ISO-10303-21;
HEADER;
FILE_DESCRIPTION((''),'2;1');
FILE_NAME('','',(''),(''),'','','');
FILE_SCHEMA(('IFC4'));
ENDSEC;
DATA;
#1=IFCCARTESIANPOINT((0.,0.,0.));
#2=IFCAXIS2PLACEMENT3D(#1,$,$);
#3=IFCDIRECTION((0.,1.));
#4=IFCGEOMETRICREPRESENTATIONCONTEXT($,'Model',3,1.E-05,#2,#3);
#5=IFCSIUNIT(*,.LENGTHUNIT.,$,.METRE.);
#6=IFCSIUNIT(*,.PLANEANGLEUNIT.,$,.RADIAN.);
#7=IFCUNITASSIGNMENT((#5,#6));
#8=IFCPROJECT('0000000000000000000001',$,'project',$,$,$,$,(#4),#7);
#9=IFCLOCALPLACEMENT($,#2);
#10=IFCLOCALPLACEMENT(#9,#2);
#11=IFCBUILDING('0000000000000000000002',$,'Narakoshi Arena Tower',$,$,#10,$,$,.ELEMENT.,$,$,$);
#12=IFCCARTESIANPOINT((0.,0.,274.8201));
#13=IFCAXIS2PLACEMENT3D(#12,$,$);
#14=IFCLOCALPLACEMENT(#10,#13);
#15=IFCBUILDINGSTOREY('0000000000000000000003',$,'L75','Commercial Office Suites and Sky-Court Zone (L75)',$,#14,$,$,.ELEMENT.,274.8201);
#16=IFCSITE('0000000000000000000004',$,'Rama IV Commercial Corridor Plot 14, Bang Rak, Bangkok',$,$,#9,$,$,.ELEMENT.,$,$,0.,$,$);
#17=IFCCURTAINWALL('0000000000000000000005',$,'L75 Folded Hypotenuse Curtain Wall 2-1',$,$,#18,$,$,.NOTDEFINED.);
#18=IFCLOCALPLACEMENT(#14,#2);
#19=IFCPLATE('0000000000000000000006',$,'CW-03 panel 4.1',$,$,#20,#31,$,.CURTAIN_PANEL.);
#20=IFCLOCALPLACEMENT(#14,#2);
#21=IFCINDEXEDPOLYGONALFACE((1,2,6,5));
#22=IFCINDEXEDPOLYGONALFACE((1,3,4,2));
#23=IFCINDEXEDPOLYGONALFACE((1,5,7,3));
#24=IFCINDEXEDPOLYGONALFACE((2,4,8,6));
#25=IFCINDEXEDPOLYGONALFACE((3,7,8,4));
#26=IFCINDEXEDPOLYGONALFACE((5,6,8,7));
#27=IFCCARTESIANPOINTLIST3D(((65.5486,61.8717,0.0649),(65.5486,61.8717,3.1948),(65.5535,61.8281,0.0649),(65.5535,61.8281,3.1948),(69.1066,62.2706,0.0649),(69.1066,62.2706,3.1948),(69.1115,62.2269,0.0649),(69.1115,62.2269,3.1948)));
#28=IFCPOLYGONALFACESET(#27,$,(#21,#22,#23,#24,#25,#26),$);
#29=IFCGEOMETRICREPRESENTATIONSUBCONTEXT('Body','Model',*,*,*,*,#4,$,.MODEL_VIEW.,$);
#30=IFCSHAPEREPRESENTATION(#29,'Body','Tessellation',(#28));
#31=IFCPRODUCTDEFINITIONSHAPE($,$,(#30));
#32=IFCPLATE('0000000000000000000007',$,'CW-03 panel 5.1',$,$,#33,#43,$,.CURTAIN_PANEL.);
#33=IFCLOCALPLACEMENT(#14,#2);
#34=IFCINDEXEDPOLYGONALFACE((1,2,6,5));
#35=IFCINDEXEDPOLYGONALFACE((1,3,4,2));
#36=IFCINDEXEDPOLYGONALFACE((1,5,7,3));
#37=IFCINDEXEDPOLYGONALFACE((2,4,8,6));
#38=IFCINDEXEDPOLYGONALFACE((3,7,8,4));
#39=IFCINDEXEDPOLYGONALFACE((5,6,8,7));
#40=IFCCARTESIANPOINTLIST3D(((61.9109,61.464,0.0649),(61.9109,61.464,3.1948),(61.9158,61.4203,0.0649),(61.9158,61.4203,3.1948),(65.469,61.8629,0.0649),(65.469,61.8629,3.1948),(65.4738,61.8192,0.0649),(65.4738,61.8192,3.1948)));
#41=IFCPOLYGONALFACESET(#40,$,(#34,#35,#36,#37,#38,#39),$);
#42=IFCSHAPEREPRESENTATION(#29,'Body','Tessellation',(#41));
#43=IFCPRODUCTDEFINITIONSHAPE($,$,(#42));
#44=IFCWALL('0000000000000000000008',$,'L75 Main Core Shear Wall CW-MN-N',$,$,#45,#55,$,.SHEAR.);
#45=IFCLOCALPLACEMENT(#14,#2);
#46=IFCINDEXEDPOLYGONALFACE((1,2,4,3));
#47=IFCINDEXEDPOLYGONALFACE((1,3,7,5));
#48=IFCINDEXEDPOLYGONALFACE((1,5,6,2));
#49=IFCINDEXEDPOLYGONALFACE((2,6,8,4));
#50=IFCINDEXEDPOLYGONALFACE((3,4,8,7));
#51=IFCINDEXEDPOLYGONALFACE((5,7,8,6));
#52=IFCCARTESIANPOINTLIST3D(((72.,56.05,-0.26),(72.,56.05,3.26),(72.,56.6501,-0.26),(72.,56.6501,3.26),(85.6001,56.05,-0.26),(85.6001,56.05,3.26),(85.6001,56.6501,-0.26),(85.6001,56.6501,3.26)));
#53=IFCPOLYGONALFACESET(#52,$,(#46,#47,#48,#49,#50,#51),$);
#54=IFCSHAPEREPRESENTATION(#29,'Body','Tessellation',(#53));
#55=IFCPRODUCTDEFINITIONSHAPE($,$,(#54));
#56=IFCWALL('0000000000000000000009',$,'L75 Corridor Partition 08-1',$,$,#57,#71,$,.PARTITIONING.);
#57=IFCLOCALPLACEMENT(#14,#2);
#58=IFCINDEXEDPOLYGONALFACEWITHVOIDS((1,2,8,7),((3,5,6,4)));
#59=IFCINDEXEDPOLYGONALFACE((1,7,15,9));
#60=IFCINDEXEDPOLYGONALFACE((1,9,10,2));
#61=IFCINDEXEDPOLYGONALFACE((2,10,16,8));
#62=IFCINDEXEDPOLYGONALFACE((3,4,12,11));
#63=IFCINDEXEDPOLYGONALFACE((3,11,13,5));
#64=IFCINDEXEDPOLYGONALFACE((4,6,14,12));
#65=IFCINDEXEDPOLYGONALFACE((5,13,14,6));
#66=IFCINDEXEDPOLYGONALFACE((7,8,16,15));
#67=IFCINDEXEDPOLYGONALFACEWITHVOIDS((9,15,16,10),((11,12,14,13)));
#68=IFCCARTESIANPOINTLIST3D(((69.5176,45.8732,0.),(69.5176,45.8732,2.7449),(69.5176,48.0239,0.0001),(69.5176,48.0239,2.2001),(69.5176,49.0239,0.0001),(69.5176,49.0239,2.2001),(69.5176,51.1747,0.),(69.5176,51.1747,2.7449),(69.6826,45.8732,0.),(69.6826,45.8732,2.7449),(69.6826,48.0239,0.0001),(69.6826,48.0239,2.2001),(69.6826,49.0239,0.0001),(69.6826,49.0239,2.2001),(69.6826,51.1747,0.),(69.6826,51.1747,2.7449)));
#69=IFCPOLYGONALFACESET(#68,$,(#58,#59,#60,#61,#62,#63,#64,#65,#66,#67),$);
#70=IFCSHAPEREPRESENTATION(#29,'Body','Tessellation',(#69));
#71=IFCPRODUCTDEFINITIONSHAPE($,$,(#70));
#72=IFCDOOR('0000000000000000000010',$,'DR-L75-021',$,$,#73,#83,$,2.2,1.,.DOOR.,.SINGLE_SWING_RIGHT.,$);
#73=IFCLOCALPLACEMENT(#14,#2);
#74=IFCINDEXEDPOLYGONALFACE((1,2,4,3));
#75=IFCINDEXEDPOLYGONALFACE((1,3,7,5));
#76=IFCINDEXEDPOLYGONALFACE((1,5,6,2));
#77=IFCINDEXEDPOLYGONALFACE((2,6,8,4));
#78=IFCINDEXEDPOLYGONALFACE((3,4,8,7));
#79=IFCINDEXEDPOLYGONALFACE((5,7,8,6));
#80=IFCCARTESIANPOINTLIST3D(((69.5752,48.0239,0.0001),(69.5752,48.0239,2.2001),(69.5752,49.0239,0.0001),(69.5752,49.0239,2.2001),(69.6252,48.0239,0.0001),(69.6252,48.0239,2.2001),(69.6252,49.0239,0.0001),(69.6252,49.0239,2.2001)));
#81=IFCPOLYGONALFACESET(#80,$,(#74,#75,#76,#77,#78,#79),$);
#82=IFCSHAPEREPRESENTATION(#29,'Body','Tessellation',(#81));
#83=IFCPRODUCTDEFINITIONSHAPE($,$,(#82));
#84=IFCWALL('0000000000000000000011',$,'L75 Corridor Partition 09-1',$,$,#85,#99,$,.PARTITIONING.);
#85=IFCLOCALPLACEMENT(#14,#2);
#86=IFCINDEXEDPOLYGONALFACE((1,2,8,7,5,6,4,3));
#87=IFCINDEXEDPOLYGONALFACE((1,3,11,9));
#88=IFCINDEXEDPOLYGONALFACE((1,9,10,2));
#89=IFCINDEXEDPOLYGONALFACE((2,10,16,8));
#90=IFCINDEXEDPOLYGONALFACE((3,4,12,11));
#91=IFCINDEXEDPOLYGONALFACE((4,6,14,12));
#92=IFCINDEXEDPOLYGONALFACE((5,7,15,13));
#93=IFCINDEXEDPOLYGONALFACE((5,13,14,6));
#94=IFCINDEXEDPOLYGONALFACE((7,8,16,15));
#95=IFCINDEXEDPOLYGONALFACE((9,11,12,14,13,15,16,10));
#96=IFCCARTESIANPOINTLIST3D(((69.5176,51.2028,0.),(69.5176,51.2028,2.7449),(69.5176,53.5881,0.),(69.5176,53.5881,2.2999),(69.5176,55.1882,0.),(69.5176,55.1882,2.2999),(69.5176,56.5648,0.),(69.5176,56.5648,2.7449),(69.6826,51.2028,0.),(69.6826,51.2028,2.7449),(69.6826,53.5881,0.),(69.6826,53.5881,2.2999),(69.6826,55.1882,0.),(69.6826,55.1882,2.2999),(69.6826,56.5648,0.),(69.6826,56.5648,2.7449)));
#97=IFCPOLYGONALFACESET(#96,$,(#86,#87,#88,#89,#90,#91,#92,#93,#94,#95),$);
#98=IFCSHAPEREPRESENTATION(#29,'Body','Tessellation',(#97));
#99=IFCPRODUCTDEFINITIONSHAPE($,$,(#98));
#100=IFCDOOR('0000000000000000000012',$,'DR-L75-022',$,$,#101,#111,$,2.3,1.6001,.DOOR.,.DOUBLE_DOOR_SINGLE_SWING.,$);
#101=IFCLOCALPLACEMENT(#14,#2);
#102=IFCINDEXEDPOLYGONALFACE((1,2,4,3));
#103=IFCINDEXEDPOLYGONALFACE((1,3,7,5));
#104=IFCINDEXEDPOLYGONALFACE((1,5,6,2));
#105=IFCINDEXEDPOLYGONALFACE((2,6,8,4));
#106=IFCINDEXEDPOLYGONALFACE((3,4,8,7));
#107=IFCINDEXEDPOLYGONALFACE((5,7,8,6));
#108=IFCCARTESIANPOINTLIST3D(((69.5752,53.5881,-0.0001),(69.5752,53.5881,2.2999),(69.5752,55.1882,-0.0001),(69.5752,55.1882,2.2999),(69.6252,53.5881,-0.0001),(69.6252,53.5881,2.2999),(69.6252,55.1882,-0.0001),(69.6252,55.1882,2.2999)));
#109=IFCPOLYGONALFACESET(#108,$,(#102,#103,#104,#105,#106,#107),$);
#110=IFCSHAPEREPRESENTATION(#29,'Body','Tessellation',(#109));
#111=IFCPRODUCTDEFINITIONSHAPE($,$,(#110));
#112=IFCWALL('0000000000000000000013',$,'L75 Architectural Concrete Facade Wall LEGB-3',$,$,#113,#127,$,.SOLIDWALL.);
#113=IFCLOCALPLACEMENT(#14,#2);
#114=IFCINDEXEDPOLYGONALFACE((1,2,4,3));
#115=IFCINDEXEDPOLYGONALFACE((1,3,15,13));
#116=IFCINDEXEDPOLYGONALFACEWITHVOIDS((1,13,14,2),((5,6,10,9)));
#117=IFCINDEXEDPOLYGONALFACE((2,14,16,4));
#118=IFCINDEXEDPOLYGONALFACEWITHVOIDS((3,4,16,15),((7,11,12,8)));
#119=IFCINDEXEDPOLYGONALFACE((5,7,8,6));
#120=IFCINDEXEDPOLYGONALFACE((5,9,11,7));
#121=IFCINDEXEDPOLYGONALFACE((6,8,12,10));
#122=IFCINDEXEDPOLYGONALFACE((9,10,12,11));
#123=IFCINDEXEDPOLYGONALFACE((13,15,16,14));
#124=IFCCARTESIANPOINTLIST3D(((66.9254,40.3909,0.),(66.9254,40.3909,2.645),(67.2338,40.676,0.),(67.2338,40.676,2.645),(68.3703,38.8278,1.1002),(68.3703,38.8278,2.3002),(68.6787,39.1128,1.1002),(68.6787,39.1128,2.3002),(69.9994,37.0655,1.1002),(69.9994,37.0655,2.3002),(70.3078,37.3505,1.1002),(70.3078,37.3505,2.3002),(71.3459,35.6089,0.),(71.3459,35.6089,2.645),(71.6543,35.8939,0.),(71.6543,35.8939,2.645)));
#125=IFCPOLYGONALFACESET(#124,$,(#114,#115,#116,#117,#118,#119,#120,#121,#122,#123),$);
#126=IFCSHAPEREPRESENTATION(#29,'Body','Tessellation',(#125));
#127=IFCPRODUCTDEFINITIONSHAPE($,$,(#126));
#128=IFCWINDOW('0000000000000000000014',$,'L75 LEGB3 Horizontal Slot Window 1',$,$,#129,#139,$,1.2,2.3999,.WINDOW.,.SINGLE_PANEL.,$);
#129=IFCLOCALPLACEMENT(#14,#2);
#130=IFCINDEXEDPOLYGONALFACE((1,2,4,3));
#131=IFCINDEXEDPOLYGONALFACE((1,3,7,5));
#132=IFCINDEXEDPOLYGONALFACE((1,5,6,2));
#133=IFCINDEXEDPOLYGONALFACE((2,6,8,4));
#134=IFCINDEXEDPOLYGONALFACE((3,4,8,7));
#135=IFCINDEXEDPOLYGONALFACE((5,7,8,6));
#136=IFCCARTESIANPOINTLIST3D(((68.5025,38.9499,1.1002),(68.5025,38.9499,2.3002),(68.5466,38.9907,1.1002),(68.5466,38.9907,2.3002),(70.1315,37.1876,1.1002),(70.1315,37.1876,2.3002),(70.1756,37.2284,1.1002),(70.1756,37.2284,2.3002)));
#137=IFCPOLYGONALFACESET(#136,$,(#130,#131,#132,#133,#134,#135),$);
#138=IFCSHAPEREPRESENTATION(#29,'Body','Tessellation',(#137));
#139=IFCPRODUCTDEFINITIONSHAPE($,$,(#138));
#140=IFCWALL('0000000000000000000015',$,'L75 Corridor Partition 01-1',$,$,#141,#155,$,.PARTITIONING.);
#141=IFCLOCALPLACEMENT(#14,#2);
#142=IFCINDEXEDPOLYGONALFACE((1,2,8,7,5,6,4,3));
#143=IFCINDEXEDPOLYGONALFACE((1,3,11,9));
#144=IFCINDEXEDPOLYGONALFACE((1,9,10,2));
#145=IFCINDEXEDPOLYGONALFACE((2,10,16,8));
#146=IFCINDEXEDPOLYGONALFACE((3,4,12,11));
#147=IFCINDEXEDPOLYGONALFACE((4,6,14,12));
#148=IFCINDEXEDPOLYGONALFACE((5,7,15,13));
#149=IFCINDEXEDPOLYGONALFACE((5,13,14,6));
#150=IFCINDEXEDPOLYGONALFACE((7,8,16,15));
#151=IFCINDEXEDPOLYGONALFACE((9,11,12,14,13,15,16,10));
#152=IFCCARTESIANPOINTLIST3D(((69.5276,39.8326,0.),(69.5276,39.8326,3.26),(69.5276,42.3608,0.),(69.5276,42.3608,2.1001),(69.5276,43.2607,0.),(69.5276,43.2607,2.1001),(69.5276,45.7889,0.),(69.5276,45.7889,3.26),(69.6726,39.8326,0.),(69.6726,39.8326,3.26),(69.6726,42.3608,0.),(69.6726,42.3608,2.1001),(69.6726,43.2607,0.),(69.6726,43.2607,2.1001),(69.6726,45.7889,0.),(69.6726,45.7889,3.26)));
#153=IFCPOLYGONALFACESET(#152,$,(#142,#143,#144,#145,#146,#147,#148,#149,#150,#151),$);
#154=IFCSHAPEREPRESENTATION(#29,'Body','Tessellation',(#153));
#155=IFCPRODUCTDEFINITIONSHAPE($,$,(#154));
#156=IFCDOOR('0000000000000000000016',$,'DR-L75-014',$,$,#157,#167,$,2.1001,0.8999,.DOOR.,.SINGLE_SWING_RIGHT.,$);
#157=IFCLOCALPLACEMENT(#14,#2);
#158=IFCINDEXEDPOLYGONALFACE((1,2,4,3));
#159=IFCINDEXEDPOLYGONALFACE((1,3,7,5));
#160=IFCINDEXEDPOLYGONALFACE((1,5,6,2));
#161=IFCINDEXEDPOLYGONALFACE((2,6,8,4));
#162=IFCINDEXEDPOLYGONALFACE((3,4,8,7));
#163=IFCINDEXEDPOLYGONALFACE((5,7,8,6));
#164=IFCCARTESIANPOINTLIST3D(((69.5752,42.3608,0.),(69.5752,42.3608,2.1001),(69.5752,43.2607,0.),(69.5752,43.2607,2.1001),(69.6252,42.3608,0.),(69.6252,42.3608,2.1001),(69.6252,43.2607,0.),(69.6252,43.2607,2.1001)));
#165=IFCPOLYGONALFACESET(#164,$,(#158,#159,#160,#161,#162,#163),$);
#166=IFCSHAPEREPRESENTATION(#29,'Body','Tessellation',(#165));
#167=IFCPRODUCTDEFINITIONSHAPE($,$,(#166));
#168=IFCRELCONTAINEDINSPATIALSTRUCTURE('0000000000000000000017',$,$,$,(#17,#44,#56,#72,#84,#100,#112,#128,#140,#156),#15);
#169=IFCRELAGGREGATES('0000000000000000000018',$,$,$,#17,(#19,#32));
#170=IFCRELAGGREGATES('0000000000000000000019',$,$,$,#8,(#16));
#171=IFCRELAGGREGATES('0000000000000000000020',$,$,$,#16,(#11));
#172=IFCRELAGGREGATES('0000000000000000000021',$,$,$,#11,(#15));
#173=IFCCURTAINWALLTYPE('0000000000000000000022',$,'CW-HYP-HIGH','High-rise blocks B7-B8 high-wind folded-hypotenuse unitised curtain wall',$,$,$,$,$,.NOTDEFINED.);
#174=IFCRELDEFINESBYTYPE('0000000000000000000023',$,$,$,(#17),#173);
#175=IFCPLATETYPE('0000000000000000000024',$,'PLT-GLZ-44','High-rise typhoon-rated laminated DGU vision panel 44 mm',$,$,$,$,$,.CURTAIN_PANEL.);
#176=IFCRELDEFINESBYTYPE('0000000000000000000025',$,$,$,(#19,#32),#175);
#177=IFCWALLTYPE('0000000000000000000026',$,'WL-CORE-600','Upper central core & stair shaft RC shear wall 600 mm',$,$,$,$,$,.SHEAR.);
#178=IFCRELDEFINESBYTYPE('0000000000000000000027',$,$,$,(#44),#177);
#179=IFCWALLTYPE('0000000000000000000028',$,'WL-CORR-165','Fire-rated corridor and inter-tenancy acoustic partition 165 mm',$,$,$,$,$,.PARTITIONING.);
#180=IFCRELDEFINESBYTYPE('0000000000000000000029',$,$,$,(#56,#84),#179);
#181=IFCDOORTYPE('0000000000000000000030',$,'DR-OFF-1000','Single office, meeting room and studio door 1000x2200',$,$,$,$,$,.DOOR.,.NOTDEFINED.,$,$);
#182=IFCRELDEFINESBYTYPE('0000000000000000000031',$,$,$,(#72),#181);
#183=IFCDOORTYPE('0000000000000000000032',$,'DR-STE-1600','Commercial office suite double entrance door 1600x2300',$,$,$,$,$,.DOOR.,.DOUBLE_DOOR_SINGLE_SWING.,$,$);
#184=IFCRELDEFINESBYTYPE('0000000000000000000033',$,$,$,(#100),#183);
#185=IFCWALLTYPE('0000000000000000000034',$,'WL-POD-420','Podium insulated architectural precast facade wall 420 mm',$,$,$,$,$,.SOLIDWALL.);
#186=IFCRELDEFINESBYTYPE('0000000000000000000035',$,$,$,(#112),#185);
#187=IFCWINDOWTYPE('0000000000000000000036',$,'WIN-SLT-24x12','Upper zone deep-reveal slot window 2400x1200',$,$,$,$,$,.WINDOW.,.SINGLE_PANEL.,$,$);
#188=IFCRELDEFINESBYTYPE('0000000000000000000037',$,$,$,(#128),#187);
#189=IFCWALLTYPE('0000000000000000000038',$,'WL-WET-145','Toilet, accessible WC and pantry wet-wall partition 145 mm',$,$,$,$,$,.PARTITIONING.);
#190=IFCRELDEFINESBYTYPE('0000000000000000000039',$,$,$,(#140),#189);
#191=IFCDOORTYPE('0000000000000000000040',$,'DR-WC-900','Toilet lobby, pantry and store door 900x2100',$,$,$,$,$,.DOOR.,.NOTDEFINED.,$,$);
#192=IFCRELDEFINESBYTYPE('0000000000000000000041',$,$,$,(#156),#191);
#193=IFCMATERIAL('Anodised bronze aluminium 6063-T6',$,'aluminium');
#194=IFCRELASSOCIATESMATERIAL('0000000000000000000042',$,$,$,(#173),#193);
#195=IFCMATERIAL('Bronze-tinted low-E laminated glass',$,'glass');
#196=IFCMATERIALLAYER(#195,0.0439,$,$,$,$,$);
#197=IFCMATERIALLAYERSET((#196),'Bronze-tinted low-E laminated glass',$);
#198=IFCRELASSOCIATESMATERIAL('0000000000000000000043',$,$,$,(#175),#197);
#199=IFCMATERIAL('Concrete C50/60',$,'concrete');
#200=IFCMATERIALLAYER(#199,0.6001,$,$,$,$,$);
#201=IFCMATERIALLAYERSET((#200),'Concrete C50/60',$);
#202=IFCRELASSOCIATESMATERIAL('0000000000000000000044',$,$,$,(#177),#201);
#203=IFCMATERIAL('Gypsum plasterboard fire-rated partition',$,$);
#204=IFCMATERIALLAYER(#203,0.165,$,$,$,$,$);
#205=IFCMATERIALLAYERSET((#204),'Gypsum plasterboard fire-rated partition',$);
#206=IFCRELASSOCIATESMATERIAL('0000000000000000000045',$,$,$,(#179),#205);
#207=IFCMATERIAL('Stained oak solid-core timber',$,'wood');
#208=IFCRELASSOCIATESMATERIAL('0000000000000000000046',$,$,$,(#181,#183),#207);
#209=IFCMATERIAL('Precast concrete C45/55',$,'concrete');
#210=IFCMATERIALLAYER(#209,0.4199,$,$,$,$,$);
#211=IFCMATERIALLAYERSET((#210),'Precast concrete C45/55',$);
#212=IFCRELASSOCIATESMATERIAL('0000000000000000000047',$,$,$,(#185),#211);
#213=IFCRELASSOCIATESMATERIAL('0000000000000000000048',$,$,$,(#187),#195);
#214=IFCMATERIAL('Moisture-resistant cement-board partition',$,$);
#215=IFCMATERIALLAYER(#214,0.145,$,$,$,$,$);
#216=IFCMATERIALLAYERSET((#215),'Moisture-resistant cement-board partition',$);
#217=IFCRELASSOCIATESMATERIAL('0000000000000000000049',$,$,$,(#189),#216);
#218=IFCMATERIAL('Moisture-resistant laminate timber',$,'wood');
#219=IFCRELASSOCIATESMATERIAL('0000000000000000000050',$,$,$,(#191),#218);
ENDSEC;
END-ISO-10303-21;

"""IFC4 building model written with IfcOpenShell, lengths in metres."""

from ifc_helpers import new_model, si_unit, direction, frame, frame_2d, origin, origin_2d, place, context, subcontext, project, spatial, rectangle, extrude, material, layer, layer_set, type_object, element, fill, aggregate, save


model = new_model("IFC4")

# Units and contexts
model_context = context("Model", 3, precision=1e-05, world=origin(), true_north=direction((0.0, 1.0)))
body_context = subcontext(model_context, "Body", "Model", "MODEL_VIEW")
ifc_project = project(units=[si_unit("LENGTHUNIT", "METRE"), si_unit("PLANEANGLEUNIT", "RADIAN")], contexts=[model_context])

# Site, building, storey
site_placement = place(None, origin())
site = spatial("IfcSite", under=ifc_project, at=site_placement, Name="Rama IV Commercial Corridor Plot 14, Bang Rak, Bangkok", CompositionType="ELEMENT", RefElevation=0.0)
building_placement = place(site_placement, origin())
building = spatial("IfcBuilding", under=site, at=building_placement, Name="Narakoshi Arena Tower", CompositionType="ELEMENT")
storey_placement = place(building_placement, frame((0.0, 0.0, 274.8201)))
storey = spatial("IfcBuildingStorey", under=building, at=storey_placement, Name="L75", Description="Commercial Office Suites and Sky-Court Zone (L75)", CompositionType="ELEMENT", Elevation=274.8201)

# Shared definitions
ifc_material_1 = material(Name="Concrete C50/60", Category="concrete")

# Curtain wall, plates
ifc_material_2 = material(Name="Anodised bronze aluminium 6063-T6", Category="aluminium")
curtain_wall_type = type_object("IfcCurtainWallType", Name="CW-HYP-HIGH", Description="High-rise blocks B7-B8 high-wind folded-hypotenuse unitised curtain wall", PredefinedType="NOTDEFINED", material=ifc_material_2)
curtain_wall_placement = place(storey_placement, origin())
curtain_wall = element("IfcCurtainWall", 1, at=curtain_wall_placement, inside=storey, type_object=curtain_wall_type, Name="L75 Folded Hypotenuse Curtain Wall 2-1", PredefinedType="NOTDEFINED")
ifc_material_3 = material(Name="Bronze-tinted low-E laminated glass", Category="glass")
ifc_layer_1 = layer(ifc_material_3, 0.0439)
ifc_layer_set_1 = layer_set([ifc_layer_1], Name="Bronze-tinted low-E laminated glass")
plate_type = type_object("IfcPlateType", Name="PLT-GLZ-44", Description="High-rise typhoon-rated laminated DGU vision panel 44 mm", PredefinedType="CURTAIN_PANEL", material=ifc_layer_set_1)
plate_1_placement = place(storey_placement, frame((67.3301, 62.0493, 0.0649), z_axis=(0.0, 0.0, 1.0), x_axis=(-0.993776, -0.111396, 0.0)))
plate_1 = element("IfcPlate", 2, at=plate_1_placement, type_object=plate_type, Name="CW-03 panel 4.1", PredefinedType="CURTAIN_PANEL", context=body_context, shape_type="SweptSolid", body=[
    extrude(rectangle(XDim=3.5803, YDim=0.0439, at=origin_2d()), origin(), (0.0, 0.0, 1.0), 3.1299),
])
plate_2_placement = place(storey_placement, frame((63.6924, 61.6416, 0.0649), z_axis=(0.0, 0.0, 1.0), x_axis=(-0.993776, -0.111396, 0.0)))
plate_2 = element("IfcPlate", 3, at=plate_2_placement, type_object=plate_type, Name="CW-03 panel 5.1", PredefinedType="CURTAIN_PANEL", context=body_context, shape_type="SweptSolid", body=[
    extrude(rectangle(XDim=3.5803, YDim=0.0439, at=origin_2d()), origin(), (0.0, 0.0, 1.0), 3.1299),
])
aggregate(curtain_wall, [plate_1, plate_2])

# Wall
ifc_layer_2 = layer(ifc_material_1, 0.6001)
ifc_layer_set_2 = layer_set([ifc_layer_2], Name="Concrete C50/60")
wall_type_1 = type_object("IfcWallType", Name="WL-CORE-600", Description="Upper central core & stair shaft RC shear wall 600 mm", PredefinedType="SHEAR", material=ifc_layer_set_2)
wall_1_placement = place(storey_placement, frame((72.0, 56.3501, -0.26), z_axis=(0.0, 0.0, 1.0), x_axis=(1.0, 0.0, 0.0)))
element("IfcWall", 4, at=wall_1_placement, inside=storey, type_object=wall_type_1, Name="L75 Main Core Shear Wall CW-MN-N", PredefinedType="SHEAR", context=body_context, shape_type="SweptSolid", body=[
    extrude(rectangle(XDim=13.6001, YDim=0.6001, at=frame_2d((6.8, 0.0))), origin(), (0.0, 0.0, 1.0), 3.52),
])

# Walls, openings, doors
ifc_material_4 = material(Name="Gypsum plasterboard fire-rated partition")
ifc_layer_3 = layer(ifc_material_4, 0.165)
ifc_layer_set_3 = layer_set([ifc_layer_3], Name="Gypsum plasterboard fire-rated partition")
wall_type_2 = type_object("IfcWallType", Name="WL-CORR-165", Description="Fire-rated corridor and inter-tenancy acoustic partition 165 mm", PredefinedType="PARTITIONING", material=ifc_layer_set_3)
wall_2_placement = place(storey_placement, frame((69.6001, 51.1748, 0.0), z_axis=(0.0, 0.0, 1.0), x_axis=(0.0, -1.0, 0.0)))
wall_2 = element("IfcWall", 5, at=wall_2_placement, inside=storey, type_object=wall_type_2, Name="L75 Corridor Partition 08-1", PredefinedType="PARTITIONING", context=body_context, shape_type="SweptSolid", body=[
    extrude(rectangle(XDim=5.3015, YDim=0.165, at=frame_2d((2.6509, 0.0))), origin(), (0.0, 0.0, 1.0), 2.7449),
])
opening_1_placement = place(wall_2_placement, frame((2.1509, 0.0, 0.0)))
opening_1 = element("IfcOpeningElement", 6, at=opening_1_placement, cuts=wall_2, PredefinedType="OPENING", context=body_context, shape_type="SweptSolid", body=[
    extrude(rectangle(XDim=1.0, YDim=2.2, at=frame_2d((0.5, 1.1001))), frame((0.0, 0.0925, 0.0), z_axis=(0.0, -1.0, 0.0), x_axis=(1.0, 0.0, 0.0)), (0.0, 0.0, 1.0), 0.1851),
])
ifc_material_5 = material(Name="Stained oak solid-core timber", Category="wood")
door_type_1 = type_object("IfcDoorType", Name="DR-OFF-1000", Description="Single office, meeting room and studio door 1000x2200", OperationType="NOTDEFINED", PredefinedType="DOOR", material=ifc_material_5)
door_1_placement = place(opening_1_placement, frame((1.0, 0.0, 0.0), z_axis=(0.0, 0.0, 1.0), x_axis=(-1.0, 0.0, 0.0)))
door_1 = element("IfcDoor", 7, at=door_1_placement, inside=storey, type_object=door_type_1, Name="DR-L75-021", OperationType="SINGLE_SWING_RIGHT", OverallHeight=2.2, OverallWidth=1.0, PredefinedType="DOOR", context=body_context, shape_type="SweptSolid", body=[
    extrude(rectangle(XDim=1.0, YDim=2.2, at=frame_2d((0.5, 1.1001))), frame((0.0, 0.0249, 0.0), z_axis=(0.0, -1.0, 0.0), x_axis=(1.0, 0.0, 0.0)), (0.0, 0.0, 1.0), 0.05),
])
fill(opening_1, door_1)
wall_3_placement = place(storey_placement, frame((69.6001, 56.5649, 0.0), z_axis=(0.0, 0.0, 1.0), x_axis=(0.0, -1.0, 0.0)))
wall_3 = element("IfcWall", 8, at=wall_3_placement, inside=storey, type_object=wall_type_2, Name="L75 Corridor Partition 09-1", PredefinedType="PARTITIONING", context=body_context, shape_type="SweptSolid", body=[
    extrude(rectangle(XDim=5.3621, YDim=0.165, at=frame_2d((2.6812, 0.0))), origin(), (0.0, 0.0, 1.0), 2.7449),
])
opening_2_placement = place(wall_3_placement, frame((1.3767, 0.0, 0.0)))
opening_2 = element("IfcOpeningElement", 9, at=opening_2_placement, cuts=wall_3, PredefinedType="OPENING", context=body_context, shape_type="SweptSolid", body=[
    extrude(rectangle(XDim=1.6001, YDim=2.3, at=frame_2d((0.8, 1.1499))), frame((0.0, 0.0925, 0.0), z_axis=(0.0, -1.0, 0.0), x_axis=(1.0, 0.0, 0.0)), (0.0, 0.0, 1.0), 0.1851),
])
door_type_2 = type_object("IfcDoorType", Name="DR-STE-1600", Description="Commercial office suite double entrance door 1600x2300", OperationType="DOUBLE_DOOR_SINGLE_SWING", PredefinedType="DOOR", material=ifc_material_5)
door_2_placement = place(opening_2_placement, frame((1.6001, 0.0, 0.0), z_axis=(0.0, 0.0, 1.0), x_axis=(-1.0, 0.0, 0.0)))
door_2 = element("IfcDoor", 10, at=door_2_placement, inside=storey, type_object=door_type_2, Name="DR-L75-022", OperationType="DOUBLE_DOOR_SINGLE_SWING", OverallHeight=2.3, OverallWidth=1.6001, PredefinedType="DOOR", context=body_context, shape_type="SweptSolid", body=[
    extrude(rectangle(XDim=1.6001, YDim=2.3, at=frame_2d((0.8, 1.1499))), frame((0.0, 0.0249, 0.0), z_axis=(0.0, -1.0, 0.0), x_axis=(1.0, 0.0, 0.0)), (0.0, 0.0, 1.0), 0.05),
])
fill(opening_2, door_2)

# Wall, opening, window
ifc_material_6 = material(Name="Precast concrete C45/55", Category="concrete")
ifc_layer_4 = layer(ifc_material_6, 0.4199)
ifc_layer_set_4 = layer_set([ifc_layer_4], Name="Precast concrete C45/55")
wall_type_3 = type_object("IfcWallType", Name="WL-POD-420", Description="Podium insulated architectural precast facade wall 420 mm", PredefinedType="SOLIDWALL", material=ifc_layer_set_4)
wall_4_placement = place(storey_placement, frame((67.0796, 40.5334, 0.0), z_axis=(0.0, 0.0, 1.0), x_axis=(0.6788, -0.734323, 0.0)))
wall_4 = element("IfcWall", 11, at=wall_4_placement, inside=storey, type_object=wall_type_3, Name="L75 Architectural Concrete Facade Wall LEGB-3", PredefinedType="SOLIDWALL", context=body_context, shape_type="SweptSolid", body=[
    extrude(rectangle(XDim=6.5122, YDim=0.4199, at=frame_2d((3.2561, 0.0))), origin(), (0.0, 0.0, 1.0), 2.645),
])
opening_3_placement = place(wall_4_placement, frame((2.1287, 0.0, 1.1001)))
opening_3 = element("IfcOpeningElement", 12, at=opening_3_placement, cuts=wall_4, PredefinedType="OPENING", context=body_context, shape_type="SweptSolid", body=[
    extrude(rectangle(XDim=2.3999, YDim=1.2, at=frame_2d((1.2, 0.6001))), frame((0.0, 0.22, 0.0), z_axis=(0.0, -1.0, 0.0), x_axis=(1.0, 0.0, 0.0)), (0.0, 0.0, 1.0), 0.4399),
])
window_type = type_object("IfcWindowType", Name="WIN-SLT-24x12", Description="Upper zone deep-reveal slot window 2400x1200", PartitioningType="SINGLE_PANEL", PredefinedType="WINDOW", material=ifc_material_3)
window_placement = place(opening_3_placement, origin())
window = element("IfcWindow", 13, at=window_placement, inside=storey, type_object=window_type, Name="L75 LEGB3 Horizontal Slot Window 1", OverallHeight=1.2, OverallWidth=2.3999, PartitioningType="SINGLE_PANEL", PredefinedType="WINDOW", context=body_context, shape_type="SweptSolid", body=[
    extrude(rectangle(XDim=2.3999, YDim=1.2, at=frame_2d((1.2, 0.6001))), frame((0.0, 0.03, 0.0), z_axis=(0.0, -1.0, 0.0), x_axis=(1.0, 0.0, 0.0)), (0.0, 0.0, 1.0), 0.0601),
])
fill(opening_3, window)

# Wall, opening, door
ifc_material_7 = material(Name="Moisture-resistant cement-board partition")
ifc_layer_5 = layer(ifc_material_7, 0.145)
ifc_layer_set_5 = layer_set([ifc_layer_5], Name="Moisture-resistant cement-board partition")
wall_type_4 = type_object("IfcWallType", Name="WL-WET-145", Description="Toilet, accessible WC and pantry wet-wall partition 145 mm", PredefinedType="PARTITIONING", material=ifc_layer_set_5)
wall_5_placement = place(storey_placement, frame((69.6001, 45.7888, 0.0), z_axis=(0.0, 0.0, 1.0), x_axis=(0.0, -1.0, 0.0)))
wall_5 = element("IfcWall", 14, at=wall_5_placement, inside=storey, type_object=wall_type_4, Name="L75 Corridor Partition 01-1", PredefinedType="PARTITIONING", context=body_context, shape_type="SweptSolid", body=[
    extrude(rectangle(XDim=5.9563, YDim=0.145, at=frame_2d((2.978, 0.0))), origin(), (0.0, 0.0, 1.0), 3.26),
])
opening_4_placement = place(wall_5_placement, frame((2.5281, 0.0, 0.0)))
opening_4 = element("IfcOpeningElement", 15, at=opening_4_placement, cuts=wall_5, PredefinedType="OPENING", context=body_context, shape_type="SweptSolid", body=[
    extrude(rectangle(XDim=0.8999, YDim=2.1001, at=frame_2d((0.45, 1.05))), frame((0.0, 0.0825, 0.0), z_axis=(0.0, -1.0, 0.0), x_axis=(1.0, 0.0, 0.0)), (0.0, 0.0, 1.0), 0.165),
])
ifc_material_8 = material(Name="Moisture-resistant laminate timber", Category="wood")
door_type_3 = type_object("IfcDoorType", Name="DR-WC-900", Description="Toilet lobby, pantry and store door 900x2100", OperationType="NOTDEFINED", PredefinedType="DOOR", material=ifc_material_8)
door_3_placement = place(opening_4_placement, frame((0.8999, 0.0, 0.0), z_axis=(0.0, 0.0, 1.0), x_axis=(-1.0, 0.0, 0.0)))
door_3 = element("IfcDoor", 16, at=door_3_placement, inside=storey, type_object=door_type_3, Name="DR-L75-014", OperationType="SINGLE_SWING_RIGHT", OverallHeight=2.1001, OverallWidth=0.8999, PredefinedType="DOOR", context=body_context, shape_type="SweptSolid", body=[
    extrude(rectangle(XDim=0.8999, YDim=2.1001, at=frame_2d((0.45, 1.05))), frame((0.0, 0.0249, 0.0), z_axis=(0.0, -1.0, 0.0), x_axis=(1.0, 0.0, 0.0)), (0.0, 0.0, 1.0), 0.05),
])
fill(opening_4, door_3)

save(model, "model.ifc")
